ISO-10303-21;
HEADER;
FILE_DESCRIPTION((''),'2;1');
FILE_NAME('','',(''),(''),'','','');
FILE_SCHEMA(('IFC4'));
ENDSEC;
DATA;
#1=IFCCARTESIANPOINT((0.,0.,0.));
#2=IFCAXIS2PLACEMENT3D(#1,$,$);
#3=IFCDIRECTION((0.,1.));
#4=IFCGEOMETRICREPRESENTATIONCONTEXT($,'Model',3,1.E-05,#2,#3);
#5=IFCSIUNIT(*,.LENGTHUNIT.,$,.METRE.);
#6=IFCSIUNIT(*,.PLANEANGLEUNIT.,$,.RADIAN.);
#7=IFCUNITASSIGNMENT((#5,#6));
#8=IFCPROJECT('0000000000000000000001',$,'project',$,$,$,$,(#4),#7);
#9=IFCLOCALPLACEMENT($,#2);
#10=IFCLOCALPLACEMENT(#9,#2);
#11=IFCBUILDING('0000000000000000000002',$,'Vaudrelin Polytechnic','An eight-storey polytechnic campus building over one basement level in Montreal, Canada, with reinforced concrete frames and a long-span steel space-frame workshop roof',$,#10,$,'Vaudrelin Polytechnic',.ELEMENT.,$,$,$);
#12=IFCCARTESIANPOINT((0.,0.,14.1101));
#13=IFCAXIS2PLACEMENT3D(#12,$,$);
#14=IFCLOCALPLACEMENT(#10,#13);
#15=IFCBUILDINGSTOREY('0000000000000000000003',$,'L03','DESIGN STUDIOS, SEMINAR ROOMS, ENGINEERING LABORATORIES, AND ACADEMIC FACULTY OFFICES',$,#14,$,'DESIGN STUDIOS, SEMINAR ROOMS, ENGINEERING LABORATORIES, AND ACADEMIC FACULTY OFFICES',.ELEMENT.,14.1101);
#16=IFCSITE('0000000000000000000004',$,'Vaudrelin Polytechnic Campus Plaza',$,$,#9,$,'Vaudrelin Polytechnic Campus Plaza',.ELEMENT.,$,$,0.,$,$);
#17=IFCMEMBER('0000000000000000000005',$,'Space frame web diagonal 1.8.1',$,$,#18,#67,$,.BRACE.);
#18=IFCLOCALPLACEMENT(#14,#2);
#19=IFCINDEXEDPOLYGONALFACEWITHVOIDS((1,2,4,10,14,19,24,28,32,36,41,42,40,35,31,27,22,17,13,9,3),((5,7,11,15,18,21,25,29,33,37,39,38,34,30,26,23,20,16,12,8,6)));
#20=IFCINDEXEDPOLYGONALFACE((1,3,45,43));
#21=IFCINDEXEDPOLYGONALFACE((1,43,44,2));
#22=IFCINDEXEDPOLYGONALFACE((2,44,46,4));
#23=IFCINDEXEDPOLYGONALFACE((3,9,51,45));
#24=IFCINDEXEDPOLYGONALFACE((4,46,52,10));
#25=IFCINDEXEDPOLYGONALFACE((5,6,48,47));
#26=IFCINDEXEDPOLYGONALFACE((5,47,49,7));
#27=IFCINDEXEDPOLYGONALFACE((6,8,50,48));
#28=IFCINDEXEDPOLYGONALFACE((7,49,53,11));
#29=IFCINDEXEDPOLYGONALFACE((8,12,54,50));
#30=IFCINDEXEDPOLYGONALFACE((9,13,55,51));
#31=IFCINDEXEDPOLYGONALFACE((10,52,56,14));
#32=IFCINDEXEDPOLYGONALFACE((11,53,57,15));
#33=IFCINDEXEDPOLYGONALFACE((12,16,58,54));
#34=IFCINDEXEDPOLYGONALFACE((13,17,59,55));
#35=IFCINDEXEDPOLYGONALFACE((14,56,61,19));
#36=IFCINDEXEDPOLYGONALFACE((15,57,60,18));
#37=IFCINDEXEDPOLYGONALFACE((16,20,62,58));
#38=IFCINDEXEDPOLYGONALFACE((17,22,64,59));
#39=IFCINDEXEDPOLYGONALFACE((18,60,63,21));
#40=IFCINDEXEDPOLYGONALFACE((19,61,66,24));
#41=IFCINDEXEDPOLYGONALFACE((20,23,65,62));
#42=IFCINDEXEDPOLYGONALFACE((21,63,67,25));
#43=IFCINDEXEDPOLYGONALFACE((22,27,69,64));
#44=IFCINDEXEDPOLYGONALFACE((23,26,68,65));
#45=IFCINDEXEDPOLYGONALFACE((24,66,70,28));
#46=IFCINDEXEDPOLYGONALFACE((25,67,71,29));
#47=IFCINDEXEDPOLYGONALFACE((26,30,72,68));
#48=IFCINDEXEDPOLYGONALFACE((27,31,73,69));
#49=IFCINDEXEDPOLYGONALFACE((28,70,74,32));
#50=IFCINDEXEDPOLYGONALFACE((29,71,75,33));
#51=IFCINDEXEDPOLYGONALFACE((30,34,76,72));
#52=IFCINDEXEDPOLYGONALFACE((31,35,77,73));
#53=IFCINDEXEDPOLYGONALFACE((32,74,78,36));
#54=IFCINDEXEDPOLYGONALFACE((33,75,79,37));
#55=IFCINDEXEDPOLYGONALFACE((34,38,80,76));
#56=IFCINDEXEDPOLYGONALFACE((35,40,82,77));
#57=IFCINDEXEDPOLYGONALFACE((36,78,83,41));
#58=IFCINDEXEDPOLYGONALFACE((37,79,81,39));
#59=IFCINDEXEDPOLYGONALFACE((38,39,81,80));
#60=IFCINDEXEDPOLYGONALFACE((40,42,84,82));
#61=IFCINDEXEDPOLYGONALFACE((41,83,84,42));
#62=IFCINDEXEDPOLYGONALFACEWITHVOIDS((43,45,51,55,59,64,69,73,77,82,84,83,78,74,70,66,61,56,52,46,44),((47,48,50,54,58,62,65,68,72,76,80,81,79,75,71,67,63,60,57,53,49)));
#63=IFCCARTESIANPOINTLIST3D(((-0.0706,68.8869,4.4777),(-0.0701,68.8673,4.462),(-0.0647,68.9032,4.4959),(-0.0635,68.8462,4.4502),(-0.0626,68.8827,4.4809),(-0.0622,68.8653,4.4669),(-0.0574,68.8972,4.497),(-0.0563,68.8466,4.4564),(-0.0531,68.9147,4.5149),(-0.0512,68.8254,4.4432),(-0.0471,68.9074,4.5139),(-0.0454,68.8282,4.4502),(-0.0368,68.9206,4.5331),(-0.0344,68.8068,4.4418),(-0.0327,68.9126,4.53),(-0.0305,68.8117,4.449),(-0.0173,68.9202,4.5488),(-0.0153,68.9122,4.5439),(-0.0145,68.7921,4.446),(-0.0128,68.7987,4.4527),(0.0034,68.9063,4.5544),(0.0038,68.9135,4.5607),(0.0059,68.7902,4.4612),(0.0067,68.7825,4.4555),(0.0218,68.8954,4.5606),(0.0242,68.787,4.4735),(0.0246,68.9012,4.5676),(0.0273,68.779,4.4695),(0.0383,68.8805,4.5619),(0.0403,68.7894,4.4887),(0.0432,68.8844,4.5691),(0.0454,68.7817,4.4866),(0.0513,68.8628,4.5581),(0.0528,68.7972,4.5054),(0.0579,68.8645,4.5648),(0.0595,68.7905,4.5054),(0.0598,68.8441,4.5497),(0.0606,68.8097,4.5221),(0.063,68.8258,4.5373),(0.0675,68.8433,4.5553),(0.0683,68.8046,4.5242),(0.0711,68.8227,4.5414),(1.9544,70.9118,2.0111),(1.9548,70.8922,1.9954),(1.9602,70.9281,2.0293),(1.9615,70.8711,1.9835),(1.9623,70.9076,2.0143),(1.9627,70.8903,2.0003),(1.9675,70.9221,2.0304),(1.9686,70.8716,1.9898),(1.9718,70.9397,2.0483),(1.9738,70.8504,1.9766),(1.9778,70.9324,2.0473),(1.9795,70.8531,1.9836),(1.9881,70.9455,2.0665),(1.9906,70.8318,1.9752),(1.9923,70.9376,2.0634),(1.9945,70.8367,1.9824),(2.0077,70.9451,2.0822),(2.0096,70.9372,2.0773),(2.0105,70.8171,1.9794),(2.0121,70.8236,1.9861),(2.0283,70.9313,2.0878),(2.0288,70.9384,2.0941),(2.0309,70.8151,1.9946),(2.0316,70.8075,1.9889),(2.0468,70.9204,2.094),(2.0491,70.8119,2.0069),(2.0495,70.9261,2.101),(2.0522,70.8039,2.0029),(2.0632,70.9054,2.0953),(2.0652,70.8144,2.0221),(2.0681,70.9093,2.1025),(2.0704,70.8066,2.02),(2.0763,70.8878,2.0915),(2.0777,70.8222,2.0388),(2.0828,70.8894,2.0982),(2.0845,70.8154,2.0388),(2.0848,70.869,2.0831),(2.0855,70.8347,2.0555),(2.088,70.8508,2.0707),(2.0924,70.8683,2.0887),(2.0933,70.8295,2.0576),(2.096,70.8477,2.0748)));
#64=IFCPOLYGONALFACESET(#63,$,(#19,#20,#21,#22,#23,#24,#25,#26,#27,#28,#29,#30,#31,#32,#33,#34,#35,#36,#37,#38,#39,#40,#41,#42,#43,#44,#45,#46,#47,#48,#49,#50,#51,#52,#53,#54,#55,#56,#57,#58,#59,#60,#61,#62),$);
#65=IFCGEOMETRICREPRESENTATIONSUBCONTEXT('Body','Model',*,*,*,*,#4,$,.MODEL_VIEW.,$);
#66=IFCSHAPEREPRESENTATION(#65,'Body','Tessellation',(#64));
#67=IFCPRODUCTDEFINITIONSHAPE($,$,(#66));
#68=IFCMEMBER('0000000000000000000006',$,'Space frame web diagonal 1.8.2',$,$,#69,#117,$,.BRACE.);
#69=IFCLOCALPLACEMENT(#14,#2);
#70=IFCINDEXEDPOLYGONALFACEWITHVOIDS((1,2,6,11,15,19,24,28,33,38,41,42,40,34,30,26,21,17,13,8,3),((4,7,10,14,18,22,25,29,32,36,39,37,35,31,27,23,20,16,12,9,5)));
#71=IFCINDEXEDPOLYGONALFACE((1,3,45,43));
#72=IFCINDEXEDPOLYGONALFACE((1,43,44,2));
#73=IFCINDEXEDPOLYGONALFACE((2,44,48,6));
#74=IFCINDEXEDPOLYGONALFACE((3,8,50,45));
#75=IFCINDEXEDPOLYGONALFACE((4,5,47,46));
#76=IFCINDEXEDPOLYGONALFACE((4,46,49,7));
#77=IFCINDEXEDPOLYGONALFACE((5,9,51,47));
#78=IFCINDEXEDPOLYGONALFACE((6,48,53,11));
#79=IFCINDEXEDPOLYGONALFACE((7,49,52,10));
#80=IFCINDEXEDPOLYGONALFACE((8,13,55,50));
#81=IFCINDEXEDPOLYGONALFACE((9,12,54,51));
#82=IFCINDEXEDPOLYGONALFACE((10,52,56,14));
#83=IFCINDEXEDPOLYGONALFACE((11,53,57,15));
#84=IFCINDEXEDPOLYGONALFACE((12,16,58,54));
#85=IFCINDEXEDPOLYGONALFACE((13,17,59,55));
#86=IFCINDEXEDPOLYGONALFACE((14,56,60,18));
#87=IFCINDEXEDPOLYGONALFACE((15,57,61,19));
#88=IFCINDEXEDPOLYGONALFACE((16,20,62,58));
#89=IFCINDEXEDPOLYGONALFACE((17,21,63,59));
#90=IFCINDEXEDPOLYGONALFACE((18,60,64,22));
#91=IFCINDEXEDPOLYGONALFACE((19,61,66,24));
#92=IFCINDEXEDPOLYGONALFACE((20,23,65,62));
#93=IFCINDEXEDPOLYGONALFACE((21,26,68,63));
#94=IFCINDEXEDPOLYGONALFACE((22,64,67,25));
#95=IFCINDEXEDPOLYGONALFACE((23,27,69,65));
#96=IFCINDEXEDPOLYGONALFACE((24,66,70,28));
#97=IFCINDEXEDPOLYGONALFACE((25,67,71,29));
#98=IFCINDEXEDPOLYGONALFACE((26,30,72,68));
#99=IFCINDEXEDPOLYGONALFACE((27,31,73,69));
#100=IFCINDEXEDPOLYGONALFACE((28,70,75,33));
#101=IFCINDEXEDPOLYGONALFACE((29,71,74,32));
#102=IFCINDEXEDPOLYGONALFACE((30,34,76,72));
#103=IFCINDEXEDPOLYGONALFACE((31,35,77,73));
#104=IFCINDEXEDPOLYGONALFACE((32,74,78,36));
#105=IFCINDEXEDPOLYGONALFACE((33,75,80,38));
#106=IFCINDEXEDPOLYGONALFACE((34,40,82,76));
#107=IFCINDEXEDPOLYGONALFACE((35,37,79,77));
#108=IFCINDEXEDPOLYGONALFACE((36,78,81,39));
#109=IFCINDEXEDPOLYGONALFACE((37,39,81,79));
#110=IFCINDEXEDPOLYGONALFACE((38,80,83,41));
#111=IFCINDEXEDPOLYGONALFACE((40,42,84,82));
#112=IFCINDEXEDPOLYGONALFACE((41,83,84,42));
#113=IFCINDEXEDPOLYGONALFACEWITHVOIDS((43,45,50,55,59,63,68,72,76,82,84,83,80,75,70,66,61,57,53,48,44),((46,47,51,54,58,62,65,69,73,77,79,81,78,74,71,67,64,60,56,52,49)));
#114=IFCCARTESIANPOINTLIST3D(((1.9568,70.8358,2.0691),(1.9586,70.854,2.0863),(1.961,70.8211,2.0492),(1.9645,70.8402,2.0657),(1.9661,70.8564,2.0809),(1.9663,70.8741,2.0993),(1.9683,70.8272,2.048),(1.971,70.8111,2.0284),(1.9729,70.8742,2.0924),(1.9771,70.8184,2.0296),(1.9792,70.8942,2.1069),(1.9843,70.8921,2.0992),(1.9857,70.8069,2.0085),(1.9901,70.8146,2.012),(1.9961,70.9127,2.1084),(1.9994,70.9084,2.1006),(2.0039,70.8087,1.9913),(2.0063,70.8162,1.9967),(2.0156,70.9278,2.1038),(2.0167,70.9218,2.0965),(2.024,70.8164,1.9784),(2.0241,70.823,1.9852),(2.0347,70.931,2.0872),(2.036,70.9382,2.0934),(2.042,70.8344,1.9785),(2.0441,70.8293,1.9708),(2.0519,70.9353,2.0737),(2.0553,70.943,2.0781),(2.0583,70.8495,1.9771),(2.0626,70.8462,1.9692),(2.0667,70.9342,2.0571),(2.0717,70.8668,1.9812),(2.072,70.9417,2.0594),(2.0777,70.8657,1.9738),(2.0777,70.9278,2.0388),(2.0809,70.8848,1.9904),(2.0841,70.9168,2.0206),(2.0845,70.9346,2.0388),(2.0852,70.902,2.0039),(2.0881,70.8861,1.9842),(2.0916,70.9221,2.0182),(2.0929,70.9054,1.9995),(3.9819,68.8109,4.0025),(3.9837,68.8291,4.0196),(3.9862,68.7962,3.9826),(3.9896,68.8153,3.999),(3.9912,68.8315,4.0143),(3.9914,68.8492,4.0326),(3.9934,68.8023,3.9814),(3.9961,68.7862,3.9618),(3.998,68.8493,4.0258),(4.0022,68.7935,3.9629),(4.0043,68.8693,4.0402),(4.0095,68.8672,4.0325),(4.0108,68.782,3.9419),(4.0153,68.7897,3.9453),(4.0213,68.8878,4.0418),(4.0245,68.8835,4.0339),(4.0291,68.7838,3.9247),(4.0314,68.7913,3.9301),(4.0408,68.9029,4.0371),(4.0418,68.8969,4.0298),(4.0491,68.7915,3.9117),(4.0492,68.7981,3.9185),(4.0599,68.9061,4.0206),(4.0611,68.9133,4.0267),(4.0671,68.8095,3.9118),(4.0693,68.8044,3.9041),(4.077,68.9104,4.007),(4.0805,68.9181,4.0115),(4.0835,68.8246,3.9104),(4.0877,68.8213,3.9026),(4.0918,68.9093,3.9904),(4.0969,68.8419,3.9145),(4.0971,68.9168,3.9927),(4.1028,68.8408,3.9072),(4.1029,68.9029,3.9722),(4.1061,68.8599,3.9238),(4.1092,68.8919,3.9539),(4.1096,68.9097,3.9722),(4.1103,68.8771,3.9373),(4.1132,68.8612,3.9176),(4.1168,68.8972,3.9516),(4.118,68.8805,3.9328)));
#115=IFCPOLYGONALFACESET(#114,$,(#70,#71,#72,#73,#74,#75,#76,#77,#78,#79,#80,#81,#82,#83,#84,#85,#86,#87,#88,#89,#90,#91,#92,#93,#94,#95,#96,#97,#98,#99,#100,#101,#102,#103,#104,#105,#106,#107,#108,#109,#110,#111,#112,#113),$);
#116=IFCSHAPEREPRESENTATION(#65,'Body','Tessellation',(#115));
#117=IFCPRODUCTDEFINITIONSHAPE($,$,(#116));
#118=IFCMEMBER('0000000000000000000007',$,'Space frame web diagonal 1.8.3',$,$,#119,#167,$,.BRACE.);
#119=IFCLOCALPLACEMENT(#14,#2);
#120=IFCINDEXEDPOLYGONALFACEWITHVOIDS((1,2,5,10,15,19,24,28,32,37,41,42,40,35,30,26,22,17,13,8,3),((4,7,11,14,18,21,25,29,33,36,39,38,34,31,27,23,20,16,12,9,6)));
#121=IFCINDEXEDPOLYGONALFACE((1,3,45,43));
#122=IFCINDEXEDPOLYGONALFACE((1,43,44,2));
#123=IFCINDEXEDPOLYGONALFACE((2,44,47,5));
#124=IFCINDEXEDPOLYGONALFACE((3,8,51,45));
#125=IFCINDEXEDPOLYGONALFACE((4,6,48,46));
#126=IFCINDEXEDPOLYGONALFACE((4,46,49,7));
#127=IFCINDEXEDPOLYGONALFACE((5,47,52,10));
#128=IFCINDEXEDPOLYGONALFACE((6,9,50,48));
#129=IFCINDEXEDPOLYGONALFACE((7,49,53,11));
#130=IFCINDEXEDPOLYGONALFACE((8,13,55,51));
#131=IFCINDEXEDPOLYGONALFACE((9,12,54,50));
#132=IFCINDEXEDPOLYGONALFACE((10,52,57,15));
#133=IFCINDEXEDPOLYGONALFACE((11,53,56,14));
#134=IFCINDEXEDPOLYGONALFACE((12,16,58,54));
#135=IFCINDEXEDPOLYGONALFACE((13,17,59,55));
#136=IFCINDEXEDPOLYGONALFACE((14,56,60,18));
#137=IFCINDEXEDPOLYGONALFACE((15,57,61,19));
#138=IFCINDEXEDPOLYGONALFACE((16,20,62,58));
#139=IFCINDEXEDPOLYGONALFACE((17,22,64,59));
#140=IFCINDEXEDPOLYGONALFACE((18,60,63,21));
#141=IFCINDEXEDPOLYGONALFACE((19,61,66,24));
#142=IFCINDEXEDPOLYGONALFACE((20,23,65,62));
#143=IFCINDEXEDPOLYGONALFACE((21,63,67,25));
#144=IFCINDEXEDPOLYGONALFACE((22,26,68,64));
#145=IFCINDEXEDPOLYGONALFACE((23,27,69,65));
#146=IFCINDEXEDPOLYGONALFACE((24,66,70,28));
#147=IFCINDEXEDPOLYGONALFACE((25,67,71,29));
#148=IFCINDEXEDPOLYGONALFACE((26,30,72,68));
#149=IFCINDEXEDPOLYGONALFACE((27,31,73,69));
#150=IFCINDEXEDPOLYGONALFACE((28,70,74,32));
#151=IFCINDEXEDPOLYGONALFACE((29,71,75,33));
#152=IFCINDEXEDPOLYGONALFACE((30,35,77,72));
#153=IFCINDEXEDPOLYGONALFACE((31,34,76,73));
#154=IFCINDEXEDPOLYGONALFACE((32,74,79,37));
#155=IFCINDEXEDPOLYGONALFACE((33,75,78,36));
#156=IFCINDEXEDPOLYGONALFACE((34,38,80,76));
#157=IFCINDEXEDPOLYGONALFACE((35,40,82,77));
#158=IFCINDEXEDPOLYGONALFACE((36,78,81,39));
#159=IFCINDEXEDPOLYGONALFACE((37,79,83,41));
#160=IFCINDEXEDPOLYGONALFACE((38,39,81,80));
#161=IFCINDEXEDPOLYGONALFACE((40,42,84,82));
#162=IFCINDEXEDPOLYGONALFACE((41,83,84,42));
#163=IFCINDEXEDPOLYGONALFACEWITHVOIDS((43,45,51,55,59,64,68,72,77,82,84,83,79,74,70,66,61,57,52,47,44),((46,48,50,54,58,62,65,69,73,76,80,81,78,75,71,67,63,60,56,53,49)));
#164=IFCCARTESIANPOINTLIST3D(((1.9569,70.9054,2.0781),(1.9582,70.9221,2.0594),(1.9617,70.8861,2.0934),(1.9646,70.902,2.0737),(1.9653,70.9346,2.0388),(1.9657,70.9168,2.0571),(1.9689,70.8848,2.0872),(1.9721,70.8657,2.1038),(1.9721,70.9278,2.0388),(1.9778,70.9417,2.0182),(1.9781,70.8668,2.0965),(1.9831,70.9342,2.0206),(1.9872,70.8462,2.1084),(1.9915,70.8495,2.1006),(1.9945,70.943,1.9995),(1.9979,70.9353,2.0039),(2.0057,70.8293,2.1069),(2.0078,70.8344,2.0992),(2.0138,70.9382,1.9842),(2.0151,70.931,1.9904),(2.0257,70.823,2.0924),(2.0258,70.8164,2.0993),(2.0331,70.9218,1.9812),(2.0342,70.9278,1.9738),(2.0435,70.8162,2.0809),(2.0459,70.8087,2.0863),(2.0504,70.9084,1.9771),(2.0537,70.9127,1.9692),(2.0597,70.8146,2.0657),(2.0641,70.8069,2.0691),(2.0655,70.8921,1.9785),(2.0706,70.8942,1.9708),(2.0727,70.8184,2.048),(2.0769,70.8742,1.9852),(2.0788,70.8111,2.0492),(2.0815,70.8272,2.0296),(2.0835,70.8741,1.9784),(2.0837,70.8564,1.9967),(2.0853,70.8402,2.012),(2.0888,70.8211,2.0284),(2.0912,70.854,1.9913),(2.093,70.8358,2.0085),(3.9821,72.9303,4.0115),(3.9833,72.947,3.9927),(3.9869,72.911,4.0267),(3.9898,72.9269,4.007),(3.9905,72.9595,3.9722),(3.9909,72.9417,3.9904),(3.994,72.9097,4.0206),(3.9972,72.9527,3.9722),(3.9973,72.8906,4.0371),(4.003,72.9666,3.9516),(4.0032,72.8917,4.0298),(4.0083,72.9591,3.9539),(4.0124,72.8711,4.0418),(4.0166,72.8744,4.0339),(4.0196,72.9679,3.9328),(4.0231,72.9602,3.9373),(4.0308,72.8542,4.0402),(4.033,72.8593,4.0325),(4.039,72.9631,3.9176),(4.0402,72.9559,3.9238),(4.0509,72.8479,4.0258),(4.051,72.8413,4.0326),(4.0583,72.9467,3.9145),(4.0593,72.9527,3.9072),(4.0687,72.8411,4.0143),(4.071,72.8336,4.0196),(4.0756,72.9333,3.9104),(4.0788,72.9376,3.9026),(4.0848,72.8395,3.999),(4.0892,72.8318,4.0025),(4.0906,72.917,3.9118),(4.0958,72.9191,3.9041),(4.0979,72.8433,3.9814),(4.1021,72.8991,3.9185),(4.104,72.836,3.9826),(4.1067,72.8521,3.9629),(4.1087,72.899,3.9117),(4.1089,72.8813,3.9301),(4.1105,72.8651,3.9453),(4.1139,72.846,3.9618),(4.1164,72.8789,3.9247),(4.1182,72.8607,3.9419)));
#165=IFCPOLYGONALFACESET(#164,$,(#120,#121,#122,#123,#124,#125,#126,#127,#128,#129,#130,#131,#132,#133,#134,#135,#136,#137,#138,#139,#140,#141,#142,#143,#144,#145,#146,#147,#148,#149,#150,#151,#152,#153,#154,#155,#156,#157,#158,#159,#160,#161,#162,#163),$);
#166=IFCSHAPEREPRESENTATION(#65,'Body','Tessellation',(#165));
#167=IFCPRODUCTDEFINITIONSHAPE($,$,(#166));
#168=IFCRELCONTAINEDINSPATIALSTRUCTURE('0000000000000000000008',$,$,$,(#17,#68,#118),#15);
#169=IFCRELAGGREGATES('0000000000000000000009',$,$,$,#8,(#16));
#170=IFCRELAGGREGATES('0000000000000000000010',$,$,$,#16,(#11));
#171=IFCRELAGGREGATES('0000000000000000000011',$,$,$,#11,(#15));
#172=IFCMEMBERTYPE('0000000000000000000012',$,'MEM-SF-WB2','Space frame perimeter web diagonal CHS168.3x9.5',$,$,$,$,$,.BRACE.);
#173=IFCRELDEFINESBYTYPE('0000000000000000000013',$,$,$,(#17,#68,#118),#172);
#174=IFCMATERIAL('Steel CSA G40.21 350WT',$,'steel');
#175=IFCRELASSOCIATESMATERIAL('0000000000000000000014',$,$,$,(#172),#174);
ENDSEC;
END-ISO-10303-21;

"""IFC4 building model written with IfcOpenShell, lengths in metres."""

from ifc_helpers import new_model, si_unit, direction, frame, origin, origin_2d, place, context, subcontext, project, spatial, hollow_circle, extrude, material, material_profile, profile_set, type_object, element, save


model = new_model("IFC4")

# Units and contexts
model_context = context("Model", 3, precision=1e-05, world=origin(), true_north=direction((0.0, 1.0)))
body_context = subcontext(model_context, "Body", "Model", "MODEL_VIEW")
ifc_project = project(units=[si_unit("LENGTHUNIT", "METRE"), si_unit("PLANEANGLEUNIT", "RADIAN")], contexts=[model_context])

# Site, building, storey
site_placement = place(None, origin())
site = spatial("IfcSite", under=ifc_project, at=site_placement, Name="Vaudrelin Polytechnic Campus Plaza", LongName="Vaudrelin Polytechnic Campus Plaza", CompositionType="ELEMENT", RefElevation=0.0)
building_placement = place(site_placement, origin())
building = spatial("IfcBuilding", under=site, at=building_placement, Name="Vaudrelin Polytechnic", Description="An eight-storey polytechnic campus building over one basement level in Montreal, Canada, with reinforced concrete frames and a long-span steel space-frame workshop roof", LongName="Vaudrelin Polytechnic", CompositionType="ELEMENT")
storey_placement = place(building_placement, frame((0.0, 0.0, 14.1101)))
storey = spatial("IfcBuildingStorey", under=building, at=storey_placement, Name="L03", Description="DESIGN STUDIOS, SEMINAR ROOMS, ENGINEERING LABORATORIES, AND ACADEMIC FACULTY OFFICES", LongName="DESIGN STUDIOS, SEMINAR ROOMS, ENGINEERING LABORATORIES, AND ACADEMIC FACULTY OFFICES", CompositionType="ELEMENT", Elevation=14.1101)

# Members
ifc_material_1 = material(Name="Steel CSA G40.21 350WT", Category="steel")
ifc_material_profile_1 = material_profile(ifc_material_1, hollow_circle(Radius=0.0842, WallThickness=0.0095, at=origin_2d()), Name="CHS168.3x9.5")
ifc_profile_set_1 = profile_set([ifc_material_profile_1], Name="Steel CSA G40.21 350WT")
member_type_1 = type_object("IfcMemberType", Name="MEM-SF-WB2", Description="Space frame perimeter web diagonal CHS168.3x9.5", PredefinedType="BRACE", material=ifc_profile_set_1)
for number, where, z_axis, x_axis, name in (
    (1, (2.0249, 70.875, 2.0388), (-0.535765, -0.535765, 0.65262), (0.707107, -0.707107, 0.0), "Space frame web diagonal 1.8.1"),
):
    element("IfcMember", number, at=place(storey_placement, frame(where, z_axis=z_axis, x_axis=x_axis)), inside=storey, type_object=member_type_1, Name=name, PredefinedType="BRACE", context=body_context, shape_type="SweptSolid", body=[
        extrude(hollow_circle(Radius=0.0842, WallThickness=0.0095, at=origin_2d()), origin(), (0.0, 0.0, 1.0), 3.7795),
    ])
for number, where, z_axis, x_axis, name in (
    (2, (2.0249, 70.875, 2.0388), (0.586094, -0.586023, 0.559527), (0.707064, 0.707149, 0.0), "Space frame web diagonal 1.8.2"),
    (3, (2.0249, 70.875, 2.0388), (0.586094, 0.586023, 0.559527), (-0.707064, 0.707149, 0.0), "Space frame web diagonal 1.8.3"),
):
    element("IfcMember", number, at=place(storey_placement, frame(where, z_axis=z_axis, x_axis=x_axis)), inside=storey, type_object=member_type_1, Name=name, PredefinedType="BRACE", context=body_context, shape_type="SweptSolid", body=[
        extrude(hollow_circle(Radius=0.0842, WallThickness=0.0095, at=origin_2d()), origin(), (0.0, 0.0, 1.0), 3.4553),
    ])

save(model, "model.ifc")
